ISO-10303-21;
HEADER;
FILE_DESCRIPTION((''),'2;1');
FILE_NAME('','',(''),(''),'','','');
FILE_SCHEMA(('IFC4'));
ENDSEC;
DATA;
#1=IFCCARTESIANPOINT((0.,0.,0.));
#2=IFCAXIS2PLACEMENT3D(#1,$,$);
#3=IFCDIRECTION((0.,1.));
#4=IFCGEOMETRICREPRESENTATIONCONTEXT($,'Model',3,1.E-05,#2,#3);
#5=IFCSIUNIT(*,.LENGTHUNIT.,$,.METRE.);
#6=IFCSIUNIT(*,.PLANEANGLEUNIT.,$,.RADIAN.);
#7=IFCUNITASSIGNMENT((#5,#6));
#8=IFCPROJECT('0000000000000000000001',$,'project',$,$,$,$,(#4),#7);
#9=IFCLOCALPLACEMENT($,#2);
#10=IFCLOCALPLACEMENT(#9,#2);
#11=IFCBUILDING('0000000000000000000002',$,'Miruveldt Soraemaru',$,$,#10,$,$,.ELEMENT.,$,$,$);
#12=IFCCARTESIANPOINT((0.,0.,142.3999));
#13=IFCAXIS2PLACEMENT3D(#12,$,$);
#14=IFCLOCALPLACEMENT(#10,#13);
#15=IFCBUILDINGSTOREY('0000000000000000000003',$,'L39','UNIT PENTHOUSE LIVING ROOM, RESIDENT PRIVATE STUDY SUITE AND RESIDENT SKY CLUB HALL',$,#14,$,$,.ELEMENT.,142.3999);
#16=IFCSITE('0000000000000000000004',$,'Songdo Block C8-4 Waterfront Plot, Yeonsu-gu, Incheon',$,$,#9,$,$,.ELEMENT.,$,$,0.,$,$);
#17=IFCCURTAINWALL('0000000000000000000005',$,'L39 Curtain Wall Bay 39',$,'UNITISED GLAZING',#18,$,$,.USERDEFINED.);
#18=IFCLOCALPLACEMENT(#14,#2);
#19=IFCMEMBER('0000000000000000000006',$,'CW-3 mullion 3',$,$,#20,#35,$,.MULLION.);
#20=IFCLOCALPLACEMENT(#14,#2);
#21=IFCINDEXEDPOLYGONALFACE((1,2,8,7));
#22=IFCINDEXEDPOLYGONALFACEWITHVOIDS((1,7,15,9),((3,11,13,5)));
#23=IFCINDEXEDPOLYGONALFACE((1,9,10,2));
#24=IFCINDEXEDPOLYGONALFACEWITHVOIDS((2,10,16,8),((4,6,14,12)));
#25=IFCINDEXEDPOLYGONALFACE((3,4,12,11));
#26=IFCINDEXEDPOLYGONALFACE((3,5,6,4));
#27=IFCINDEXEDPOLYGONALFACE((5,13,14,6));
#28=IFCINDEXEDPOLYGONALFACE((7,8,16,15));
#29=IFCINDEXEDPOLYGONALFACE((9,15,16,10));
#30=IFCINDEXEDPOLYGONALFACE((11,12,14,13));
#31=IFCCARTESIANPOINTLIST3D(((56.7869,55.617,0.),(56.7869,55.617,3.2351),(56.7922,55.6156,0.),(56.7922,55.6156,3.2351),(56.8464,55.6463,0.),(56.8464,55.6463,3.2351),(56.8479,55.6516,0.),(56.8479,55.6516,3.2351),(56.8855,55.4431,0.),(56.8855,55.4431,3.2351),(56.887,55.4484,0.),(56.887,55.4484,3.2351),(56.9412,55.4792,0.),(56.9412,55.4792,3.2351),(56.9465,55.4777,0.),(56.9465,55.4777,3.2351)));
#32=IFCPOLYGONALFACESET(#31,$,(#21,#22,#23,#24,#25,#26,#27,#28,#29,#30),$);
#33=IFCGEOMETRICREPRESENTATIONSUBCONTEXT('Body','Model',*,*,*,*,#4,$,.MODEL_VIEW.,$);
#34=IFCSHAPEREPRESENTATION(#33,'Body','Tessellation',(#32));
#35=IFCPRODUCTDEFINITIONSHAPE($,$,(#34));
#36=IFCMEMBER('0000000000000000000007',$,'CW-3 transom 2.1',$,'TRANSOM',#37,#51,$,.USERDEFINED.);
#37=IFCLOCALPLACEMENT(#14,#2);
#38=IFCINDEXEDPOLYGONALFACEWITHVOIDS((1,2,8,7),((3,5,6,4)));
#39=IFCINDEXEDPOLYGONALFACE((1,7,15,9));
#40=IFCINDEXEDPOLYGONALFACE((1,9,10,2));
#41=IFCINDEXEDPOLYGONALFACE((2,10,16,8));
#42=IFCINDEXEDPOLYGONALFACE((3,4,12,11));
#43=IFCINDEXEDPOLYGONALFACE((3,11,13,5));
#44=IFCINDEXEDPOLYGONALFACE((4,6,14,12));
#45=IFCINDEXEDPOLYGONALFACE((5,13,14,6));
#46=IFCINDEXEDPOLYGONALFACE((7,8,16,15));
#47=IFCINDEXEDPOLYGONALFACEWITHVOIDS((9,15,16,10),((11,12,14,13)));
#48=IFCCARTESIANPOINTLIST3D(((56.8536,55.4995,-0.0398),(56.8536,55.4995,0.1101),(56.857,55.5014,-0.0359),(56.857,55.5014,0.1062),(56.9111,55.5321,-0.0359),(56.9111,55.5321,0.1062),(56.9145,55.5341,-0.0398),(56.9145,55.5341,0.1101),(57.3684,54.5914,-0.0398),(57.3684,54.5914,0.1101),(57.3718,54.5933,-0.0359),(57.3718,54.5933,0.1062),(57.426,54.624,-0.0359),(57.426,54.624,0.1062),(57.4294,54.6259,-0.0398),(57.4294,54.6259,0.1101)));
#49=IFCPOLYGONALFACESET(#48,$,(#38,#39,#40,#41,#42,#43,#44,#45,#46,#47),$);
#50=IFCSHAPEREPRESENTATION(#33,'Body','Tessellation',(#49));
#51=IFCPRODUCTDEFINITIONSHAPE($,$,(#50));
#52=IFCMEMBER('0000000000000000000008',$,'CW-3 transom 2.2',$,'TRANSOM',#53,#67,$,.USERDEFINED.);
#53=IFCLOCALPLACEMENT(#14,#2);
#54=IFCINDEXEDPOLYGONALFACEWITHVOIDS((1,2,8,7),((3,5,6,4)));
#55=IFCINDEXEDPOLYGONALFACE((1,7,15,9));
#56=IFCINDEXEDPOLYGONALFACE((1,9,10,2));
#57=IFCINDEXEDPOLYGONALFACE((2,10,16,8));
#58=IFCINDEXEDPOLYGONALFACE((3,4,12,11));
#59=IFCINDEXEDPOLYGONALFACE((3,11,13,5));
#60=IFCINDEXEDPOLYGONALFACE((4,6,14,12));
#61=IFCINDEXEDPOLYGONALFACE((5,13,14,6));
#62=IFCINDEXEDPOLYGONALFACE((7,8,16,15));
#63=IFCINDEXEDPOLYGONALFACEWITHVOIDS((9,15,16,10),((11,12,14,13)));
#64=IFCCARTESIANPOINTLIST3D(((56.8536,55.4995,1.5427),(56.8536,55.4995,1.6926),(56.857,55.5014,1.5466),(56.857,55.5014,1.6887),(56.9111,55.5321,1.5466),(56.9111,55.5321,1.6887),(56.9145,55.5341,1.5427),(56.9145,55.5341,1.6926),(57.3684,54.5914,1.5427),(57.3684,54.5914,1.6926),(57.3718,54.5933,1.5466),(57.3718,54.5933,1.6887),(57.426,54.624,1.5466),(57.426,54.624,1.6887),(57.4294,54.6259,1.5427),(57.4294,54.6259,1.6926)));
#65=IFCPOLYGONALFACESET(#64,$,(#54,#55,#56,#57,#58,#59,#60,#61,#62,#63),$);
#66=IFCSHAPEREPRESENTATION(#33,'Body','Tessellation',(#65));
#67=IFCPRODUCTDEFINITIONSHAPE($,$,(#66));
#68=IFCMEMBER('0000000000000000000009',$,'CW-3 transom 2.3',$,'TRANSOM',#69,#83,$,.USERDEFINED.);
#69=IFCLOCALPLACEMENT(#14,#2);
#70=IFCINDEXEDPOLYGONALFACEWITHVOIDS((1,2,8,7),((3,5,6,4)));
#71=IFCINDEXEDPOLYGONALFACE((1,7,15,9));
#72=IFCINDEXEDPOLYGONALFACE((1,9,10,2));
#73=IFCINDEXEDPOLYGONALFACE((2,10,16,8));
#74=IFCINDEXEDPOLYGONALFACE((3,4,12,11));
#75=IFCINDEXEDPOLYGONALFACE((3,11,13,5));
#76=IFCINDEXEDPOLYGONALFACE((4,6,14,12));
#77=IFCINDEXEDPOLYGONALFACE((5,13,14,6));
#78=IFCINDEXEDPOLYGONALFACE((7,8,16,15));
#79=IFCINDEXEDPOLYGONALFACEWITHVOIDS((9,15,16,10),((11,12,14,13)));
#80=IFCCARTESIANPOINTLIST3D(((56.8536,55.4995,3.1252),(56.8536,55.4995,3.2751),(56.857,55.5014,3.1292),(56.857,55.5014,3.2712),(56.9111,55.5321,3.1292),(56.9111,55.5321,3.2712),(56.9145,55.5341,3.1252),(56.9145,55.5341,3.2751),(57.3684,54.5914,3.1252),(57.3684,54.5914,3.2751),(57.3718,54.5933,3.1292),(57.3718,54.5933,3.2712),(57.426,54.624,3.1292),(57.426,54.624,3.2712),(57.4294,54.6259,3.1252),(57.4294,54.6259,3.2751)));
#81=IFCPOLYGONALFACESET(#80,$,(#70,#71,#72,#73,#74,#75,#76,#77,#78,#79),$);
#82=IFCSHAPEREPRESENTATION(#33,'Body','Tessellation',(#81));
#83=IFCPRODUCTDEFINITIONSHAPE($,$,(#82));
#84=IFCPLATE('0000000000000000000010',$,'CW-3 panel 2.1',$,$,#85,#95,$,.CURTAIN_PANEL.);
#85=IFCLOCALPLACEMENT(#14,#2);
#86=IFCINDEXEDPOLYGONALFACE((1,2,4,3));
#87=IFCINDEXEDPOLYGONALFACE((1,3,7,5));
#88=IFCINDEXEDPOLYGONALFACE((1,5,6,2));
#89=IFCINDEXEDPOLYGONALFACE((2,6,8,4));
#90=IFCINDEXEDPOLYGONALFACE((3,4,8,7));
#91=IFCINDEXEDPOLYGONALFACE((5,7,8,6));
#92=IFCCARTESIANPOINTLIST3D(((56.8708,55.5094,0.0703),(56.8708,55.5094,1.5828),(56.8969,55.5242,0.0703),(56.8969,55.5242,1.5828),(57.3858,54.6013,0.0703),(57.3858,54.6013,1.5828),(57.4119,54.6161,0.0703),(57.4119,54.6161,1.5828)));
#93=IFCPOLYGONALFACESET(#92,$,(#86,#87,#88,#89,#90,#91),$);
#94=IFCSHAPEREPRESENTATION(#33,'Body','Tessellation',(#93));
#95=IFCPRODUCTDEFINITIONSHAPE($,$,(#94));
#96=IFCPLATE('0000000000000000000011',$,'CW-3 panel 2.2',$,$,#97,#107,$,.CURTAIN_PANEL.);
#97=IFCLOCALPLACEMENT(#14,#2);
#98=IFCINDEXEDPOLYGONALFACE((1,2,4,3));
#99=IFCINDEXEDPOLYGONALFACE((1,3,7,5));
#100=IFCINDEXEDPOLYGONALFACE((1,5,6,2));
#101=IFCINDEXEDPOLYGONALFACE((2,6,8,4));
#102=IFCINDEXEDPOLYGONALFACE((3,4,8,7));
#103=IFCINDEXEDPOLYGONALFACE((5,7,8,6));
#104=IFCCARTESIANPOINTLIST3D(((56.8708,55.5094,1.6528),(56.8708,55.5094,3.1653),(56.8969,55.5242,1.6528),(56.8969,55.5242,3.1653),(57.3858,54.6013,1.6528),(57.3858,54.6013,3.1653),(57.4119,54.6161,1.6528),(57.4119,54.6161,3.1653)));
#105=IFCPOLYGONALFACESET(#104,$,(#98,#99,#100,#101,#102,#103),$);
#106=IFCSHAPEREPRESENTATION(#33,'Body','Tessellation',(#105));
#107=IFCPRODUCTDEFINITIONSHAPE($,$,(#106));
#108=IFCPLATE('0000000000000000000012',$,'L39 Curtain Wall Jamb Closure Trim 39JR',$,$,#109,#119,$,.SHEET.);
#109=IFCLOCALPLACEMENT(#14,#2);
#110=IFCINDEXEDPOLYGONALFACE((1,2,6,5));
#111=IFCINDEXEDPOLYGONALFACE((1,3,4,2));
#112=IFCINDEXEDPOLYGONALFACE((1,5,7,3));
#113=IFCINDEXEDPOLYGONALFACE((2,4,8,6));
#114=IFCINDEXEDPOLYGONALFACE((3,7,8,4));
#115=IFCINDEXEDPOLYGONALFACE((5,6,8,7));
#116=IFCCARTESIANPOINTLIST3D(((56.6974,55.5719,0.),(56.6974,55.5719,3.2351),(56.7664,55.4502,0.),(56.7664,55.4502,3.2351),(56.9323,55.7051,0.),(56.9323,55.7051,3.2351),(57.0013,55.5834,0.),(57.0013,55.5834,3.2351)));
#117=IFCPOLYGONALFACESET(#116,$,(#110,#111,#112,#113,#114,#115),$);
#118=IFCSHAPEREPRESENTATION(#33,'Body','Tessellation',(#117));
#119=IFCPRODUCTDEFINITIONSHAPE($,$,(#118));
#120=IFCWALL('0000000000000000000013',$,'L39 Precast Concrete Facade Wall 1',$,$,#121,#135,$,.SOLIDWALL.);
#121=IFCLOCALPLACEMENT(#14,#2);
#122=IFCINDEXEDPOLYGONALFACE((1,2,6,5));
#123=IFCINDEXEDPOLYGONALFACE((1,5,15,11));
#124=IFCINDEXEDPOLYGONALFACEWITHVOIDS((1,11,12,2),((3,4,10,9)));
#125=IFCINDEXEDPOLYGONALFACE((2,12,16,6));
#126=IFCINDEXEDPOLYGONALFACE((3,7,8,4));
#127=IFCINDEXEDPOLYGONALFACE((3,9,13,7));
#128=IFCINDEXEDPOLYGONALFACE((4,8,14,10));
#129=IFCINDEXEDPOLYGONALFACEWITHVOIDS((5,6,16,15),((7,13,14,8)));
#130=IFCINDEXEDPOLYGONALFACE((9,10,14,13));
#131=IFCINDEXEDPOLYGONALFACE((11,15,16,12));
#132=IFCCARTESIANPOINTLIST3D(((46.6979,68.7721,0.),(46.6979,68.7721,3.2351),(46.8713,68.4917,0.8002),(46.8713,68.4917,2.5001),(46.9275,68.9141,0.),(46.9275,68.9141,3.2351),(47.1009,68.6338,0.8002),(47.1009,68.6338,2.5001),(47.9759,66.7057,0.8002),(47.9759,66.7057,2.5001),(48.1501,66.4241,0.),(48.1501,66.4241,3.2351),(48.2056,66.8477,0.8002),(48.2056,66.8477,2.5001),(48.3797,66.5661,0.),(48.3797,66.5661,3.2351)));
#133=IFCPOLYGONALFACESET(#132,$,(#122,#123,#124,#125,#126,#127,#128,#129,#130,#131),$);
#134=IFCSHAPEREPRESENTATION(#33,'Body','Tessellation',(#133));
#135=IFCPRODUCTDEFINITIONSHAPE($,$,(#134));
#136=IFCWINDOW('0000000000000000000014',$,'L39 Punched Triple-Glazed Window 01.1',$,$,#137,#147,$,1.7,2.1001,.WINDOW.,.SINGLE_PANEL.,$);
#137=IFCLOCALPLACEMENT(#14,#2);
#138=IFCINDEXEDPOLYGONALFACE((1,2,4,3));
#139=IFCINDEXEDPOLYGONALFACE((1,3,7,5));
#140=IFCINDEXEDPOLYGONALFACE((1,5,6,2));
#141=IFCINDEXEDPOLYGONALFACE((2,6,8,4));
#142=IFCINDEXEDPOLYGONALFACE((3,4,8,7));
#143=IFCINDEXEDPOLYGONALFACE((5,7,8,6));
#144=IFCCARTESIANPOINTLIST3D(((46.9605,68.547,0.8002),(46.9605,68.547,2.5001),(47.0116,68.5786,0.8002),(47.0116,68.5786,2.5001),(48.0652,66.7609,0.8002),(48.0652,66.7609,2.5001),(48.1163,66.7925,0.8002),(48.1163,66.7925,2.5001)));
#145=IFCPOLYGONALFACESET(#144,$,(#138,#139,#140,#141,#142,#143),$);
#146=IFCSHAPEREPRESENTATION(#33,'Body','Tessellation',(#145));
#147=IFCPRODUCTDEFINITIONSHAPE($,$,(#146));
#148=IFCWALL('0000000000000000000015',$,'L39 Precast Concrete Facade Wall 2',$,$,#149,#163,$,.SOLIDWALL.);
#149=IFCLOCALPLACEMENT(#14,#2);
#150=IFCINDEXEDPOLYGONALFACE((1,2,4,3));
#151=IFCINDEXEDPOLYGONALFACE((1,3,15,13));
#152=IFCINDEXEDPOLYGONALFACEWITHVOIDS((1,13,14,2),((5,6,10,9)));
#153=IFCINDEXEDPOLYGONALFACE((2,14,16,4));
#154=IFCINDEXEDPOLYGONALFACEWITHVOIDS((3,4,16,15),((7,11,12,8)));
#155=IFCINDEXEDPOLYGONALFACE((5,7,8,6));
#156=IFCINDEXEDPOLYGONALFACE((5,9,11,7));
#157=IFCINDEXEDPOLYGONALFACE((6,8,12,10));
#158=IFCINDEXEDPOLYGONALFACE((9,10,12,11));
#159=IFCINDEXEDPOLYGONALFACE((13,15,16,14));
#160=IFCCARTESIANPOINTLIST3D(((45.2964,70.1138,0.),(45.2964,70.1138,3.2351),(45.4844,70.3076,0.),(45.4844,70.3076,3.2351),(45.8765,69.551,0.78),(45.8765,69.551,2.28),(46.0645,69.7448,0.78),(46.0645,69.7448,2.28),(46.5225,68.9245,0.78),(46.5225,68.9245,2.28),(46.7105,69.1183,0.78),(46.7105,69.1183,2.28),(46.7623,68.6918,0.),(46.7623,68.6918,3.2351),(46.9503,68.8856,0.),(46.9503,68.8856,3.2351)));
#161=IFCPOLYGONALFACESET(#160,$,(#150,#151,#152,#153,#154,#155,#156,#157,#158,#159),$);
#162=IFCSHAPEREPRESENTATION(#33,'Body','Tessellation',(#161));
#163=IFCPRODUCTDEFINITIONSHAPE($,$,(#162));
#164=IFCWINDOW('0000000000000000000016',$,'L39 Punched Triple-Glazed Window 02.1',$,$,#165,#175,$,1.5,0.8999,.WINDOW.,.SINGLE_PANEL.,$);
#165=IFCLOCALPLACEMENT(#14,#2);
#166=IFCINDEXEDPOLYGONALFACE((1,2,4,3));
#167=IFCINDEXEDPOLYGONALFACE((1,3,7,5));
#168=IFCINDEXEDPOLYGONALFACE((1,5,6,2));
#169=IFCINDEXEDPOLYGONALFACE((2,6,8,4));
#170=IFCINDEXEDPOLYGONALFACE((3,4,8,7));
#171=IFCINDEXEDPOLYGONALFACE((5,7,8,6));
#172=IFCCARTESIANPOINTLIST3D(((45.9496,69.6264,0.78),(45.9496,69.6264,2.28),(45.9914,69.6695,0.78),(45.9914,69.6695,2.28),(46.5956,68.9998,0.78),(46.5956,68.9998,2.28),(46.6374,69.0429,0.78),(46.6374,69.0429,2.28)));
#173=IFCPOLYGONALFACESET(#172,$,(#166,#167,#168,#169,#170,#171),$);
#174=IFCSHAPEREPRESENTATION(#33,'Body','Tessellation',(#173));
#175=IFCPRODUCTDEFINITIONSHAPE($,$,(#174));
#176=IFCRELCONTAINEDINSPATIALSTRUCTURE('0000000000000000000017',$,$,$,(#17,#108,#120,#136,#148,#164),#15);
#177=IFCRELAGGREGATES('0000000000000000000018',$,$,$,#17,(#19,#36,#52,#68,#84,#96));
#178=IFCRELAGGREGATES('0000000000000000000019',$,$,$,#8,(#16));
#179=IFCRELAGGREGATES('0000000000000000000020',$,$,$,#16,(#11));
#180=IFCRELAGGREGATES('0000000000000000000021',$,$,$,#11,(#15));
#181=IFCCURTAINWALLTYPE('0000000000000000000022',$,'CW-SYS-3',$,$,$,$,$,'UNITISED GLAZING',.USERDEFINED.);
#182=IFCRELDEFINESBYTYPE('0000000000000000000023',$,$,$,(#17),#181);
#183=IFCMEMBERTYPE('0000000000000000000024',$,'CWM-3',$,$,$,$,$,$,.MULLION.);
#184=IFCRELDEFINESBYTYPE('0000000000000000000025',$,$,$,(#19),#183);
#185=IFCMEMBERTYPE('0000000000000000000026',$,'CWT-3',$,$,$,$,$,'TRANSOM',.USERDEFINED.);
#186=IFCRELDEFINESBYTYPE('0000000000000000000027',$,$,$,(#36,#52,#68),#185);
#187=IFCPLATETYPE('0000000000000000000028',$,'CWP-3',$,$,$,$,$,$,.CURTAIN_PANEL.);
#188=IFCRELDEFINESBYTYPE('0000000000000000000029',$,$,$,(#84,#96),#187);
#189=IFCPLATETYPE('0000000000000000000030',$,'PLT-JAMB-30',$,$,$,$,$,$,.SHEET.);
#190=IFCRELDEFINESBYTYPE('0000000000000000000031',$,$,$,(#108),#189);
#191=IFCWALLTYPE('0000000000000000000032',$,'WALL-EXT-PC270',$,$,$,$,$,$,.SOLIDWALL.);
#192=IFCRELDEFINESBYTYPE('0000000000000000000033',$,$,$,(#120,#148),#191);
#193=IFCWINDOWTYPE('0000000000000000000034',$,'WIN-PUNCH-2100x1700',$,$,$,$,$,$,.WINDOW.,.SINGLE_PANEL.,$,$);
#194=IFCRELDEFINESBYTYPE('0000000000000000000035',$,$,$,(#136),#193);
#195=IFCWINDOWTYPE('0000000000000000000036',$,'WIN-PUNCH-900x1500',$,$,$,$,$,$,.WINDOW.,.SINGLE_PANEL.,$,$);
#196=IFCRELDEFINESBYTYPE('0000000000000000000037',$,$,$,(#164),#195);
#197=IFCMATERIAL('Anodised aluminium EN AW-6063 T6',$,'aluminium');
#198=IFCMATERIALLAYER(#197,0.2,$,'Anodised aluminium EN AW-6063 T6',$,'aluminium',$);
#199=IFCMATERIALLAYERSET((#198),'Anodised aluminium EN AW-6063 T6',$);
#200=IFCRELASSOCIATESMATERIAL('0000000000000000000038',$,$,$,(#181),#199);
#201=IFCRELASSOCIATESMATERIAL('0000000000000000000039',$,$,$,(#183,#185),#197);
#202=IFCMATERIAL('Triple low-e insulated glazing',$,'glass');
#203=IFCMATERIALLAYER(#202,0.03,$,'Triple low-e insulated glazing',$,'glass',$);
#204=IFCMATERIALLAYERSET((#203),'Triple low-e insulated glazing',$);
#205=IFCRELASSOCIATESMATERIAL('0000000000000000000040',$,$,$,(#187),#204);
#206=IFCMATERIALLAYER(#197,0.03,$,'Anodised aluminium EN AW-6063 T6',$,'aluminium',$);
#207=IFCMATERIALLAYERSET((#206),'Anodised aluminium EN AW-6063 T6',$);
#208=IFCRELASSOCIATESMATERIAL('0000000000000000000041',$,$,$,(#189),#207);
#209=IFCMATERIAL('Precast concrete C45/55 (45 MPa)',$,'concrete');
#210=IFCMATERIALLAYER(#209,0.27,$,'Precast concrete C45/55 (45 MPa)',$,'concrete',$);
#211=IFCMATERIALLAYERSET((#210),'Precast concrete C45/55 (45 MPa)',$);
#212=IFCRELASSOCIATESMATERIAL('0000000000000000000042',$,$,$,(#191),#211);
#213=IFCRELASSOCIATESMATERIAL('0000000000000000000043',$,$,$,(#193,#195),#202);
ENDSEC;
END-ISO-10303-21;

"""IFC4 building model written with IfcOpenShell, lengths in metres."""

from ifc_helpers import new_model, si_unit, direction, frame, frame_2d, origin, origin_2d, place, context, subcontext, project, spatial, rectangle, hollow_rectangle, extrude, material, layer, layer_set, material_profile, profile_set, type_object, element, fill, aggregate, save


model = new_model("IFC4")

# Units and contexts
model_context = context("Model", 3, precision=1e-05, world=origin(), true_north=direction((0.0, 1.0)))
body_context = subcontext(model_context, "Body", "Model", "MODEL_VIEW")
ifc_project = project(units=[si_unit("LENGTHUNIT", "METRE"), si_unit("PLANEANGLEUNIT", "RADIAN")], contexts=[model_context])

# Site, building, storey
site_placement = place(None, origin())
site = spatial("IfcSite", under=ifc_project, at=site_placement, Name="Songdo Block C8-4 Waterfront Plot, Yeonsu-gu, Incheon", CompositionType="ELEMENT", RefElevation=0.0)
building_placement = place(site_placement, origin())
building = spatial("IfcBuilding", under=site, at=building_placement, Name="Miruveldt Soraemaru", CompositionType="ELEMENT")
storey_placement = place(building_placement, frame((0.0, 0.0, 142.3999)))
storey = spatial("IfcBuildingStorey", under=building, at=storey_placement, Name="L39", Description="UNIT PENTHOUSE LIVING ROOM, RESIDENT PRIVATE STUDY SUITE AND RESIDENT SKY CLUB HALL", CompositionType="ELEMENT", Elevation=142.3999)

# Curtain wall, members, plates
ifc_material_1 = material(Name="Anodised aluminium EN AW-6063 T6", Category="aluminium")
ifc_layer_1 = layer(ifc_material_1, 0.2, Name="Anodised aluminium EN AW-6063 T6", Category="aluminium")
ifc_layer_set_1 = layer_set([ifc_layer_1], Name="Anodised aluminium EN AW-6063 T6")
curtain_wall_type = type_object("IfcCurtainWallType", Name="CW-SYS-3", ElementType="UNITISED GLAZING", PredefinedType="USERDEFINED", material=ifc_layer_set_1)
curtain_wall_placement = place(storey_placement, origin())
curtain_wall = element("IfcCurtainWall", 1, at=curtain_wall_placement, inside=storey, type_object=curtain_wall_type, Name="L39 Curtain Wall Bay 39", ObjectType="UNITISED GLAZING", PredefinedType="USERDEFINED")
ifc_material_profile_1 = material_profile(ifc_material_1, hollow_rectangle(XDim=0.0701, YDim=0.2, WallThickness=0.0039, at=origin_2d()), Name="Anodised aluminium EN AW-6063 T6", Category="aluminium")
ifc_profile_set_1 = profile_set([ifc_material_profile_1], Name="Anodised aluminium EN AW-6063 T6")
member_type_1 = type_object("IfcMemberType", Name="CWM-3", PredefinedType="MULLION", material=ifc_profile_set_1)
member_1_placement = place(storey_placement, frame((56.8667, 55.5474, 0.0), z_axis=(0.0, 0.0, 1.0), x_axis=(-0.869837, -0.493339, 0.0)))
member_1 = element("IfcMember", 2, at=member_1_placement, type_object=member_type_1, Name="CW-3 mullion 3", PredefinedType="MULLION", context=body_context, shape_type="SweptSolid", body=[
    extrude(hollow_rectangle(XDim=0.0701, YDim=0.2, WallThickness=0.0039, at=origin_2d()), origin(), (0.0, 0.0, 1.0), 3.2351),
])
ifc_material_profile_2 = material_profile(ifc_material_1, hollow_rectangle(XDim=0.0701, YDim=0.1499, WallThickness=0.0039, at=origin_2d()), Name="Anodised aluminium EN AW-6063 T6", Category="aluminium")
ifc_profile_set_2 = profile_set([ifc_material_profile_2], Name="Anodised aluminium EN AW-6063 T6")
member_type_2 = type_object("IfcMemberType", Name="CWT-3", ElementType="TRANSOM", PredefinedType="USERDEFINED", material=ifc_profile_set_2)
member_2_placement = place(storey_placement, frame((57.3989, 54.6086, 0.0352), z_axis=(-0.49319, 0.869922, 0.0), x_axis=(-0.869922, -0.49319, 0.0)))
member_2 = element("IfcMember", 3, at=member_2_placement, type_object=member_type_2, Name="CW-3 transom 2.1", ObjectType="TRANSOM", PredefinedType="USERDEFINED", context=body_context, shape_type="SweptSolid", body=[
    extrude(hollow_rectangle(XDim=0.0701, YDim=0.1499, WallThickness=0.0039, at=origin_2d()), origin(), (0.0, 0.0, 1.0), 1.0439),
])
member_3_placement = place(storey_placement, frame((57.3989, 54.6086, 1.6177), z_axis=(-0.49319, 0.869922, 0.0), x_axis=(-0.869922, -0.49319, 0.0)))
member_3 = element("IfcMember", 4, at=member_3_placement, type_object=member_type_2, Name="CW-3 transom 2.2", ObjectType="TRANSOM", PredefinedType="USERDEFINED", context=body_context, shape_type="SweptSolid", body=[
    extrude(hollow_rectangle(XDim=0.0701, YDim=0.1499, WallThickness=0.0039, at=origin_2d()), origin(), (0.0, 0.0, 1.0), 1.0439),
])
member_4_placement = place(storey_placement, frame((57.3989, 54.6086, 3.2002), z_axis=(-0.49319, 0.869922, 0.0), x_axis=(-0.869922, -0.49319, 0.0)))
member_4 = element("IfcMember", 5, at=member_4_placement, type_object=member_type_2, Name="CW-3 transom 2.3", ObjectType="TRANSOM", PredefinedType="USERDEFINED", context=body_context, shape_type="SweptSolid", body=[
    extrude(hollow_rectangle(XDim=0.0701, YDim=0.1499, WallThickness=0.0039, at=origin_2d()), origin(), (0.0, 0.0, 1.0), 1.0439),
])
ifc_material_2 = material(Name="Triple low-e insulated glazing", Category="glass")
ifc_layer_2 = layer(ifc_material_2, 0.03, Name="Triple low-e insulated glazing", Category="glass")
ifc_layer_set_2 = layer_set([ifc_layer_2], Name="Triple low-e insulated glazing")
plate_type_1 = type_object("IfcPlateType", Name="CWP-3", PredefinedType="CURTAIN_PANEL", material=ifc_layer_set_2)
plate_1_placement = place(storey_placement, frame((57.1414, 55.0627, 0.0703), z_axis=(0.0, 0.0, 1.0), x_axis=(-0.493339, 0.869837, 0.0)))
plate_1 = element("IfcPlate", 6, at=plate_1_placement, type_object=plate_type_1, Name="CW-3 panel 2.1", PredefinedType="CURTAIN_PANEL", context=body_context, shape_type="SweptSolid", body=[
    extrude(rectangle(XDim=1.0439, YDim=0.03, at=origin_2d()), origin(), (0.0, 0.0, 1.0), 1.5125),
])
plate_2_placement = place(storey_placement, frame((57.1414, 55.0627, 1.6528), z_axis=(0.0, 0.0, 1.0), x_axis=(-0.493339, 0.869837, 0.0)))
plate_2 = element("IfcPlate", 7, at=plate_2_placement, type_object=plate_type_1, Name="CW-3 panel 2.2", PredefinedType="CURTAIN_PANEL", context=body_context, shape_type="SweptSolid", body=[
    extrude(rectangle(XDim=1.0439, YDim=0.03, at=origin_2d()), origin(), (0.0, 0.0, 1.0), 1.5125),
])
aggregate(curtain_wall, [member_1, member_2, member_3, member_4, plate_1, plate_2])

# Plate
ifc_layer_3 = layer(ifc_material_1, 0.03, Name="Anodised aluminium EN AW-6063 T6", Category="aluminium")
ifc_layer_set_3 = layer_set([ifc_layer_3], Name="Anodised aluminium EN AW-6063 T6")
plate_type_2 = type_object("IfcPlateType", Name="PLT-JAMB-30", PredefinedType="SHEET", material=ifc_layer_set_3)
plate_3_placement = place(storey_placement, frame((56.8494, 55.5776, 0.0), z_axis=(0.0, 0.0, 1.0), x_axis=(-0.49335, 0.869831, 0.0)))
element("IfcPlate", 8, at=plate_3_placement, inside=storey, type_object=plate_type_2, Name="L39 Curtain Wall Jamb Closure Trim 39JR", PredefinedType="SHEET", context=body_context, shape_type="SweptSolid", body=[
    extrude(rectangle(XDim=0.1399, YDim=0.27, at=origin_2d()), origin(), (0.0, 0.0, 1.0), 3.2351),
])

# Walls, openings, windows
ifc_material_3 = material(Name="Precast concrete C45/55 (45 MPa)", Category="concrete")
ifc_layer_4 = layer(ifc_material_3, 0.27, Name="Precast concrete C45/55 (45 MPa)", Category="concrete")
ifc_layer_set_4 = layer_set([ifc_layer_4], Name="Precast concrete C45/55 (45 MPa)")
wall_type_1 = type_object("IfcWallType", Name="WALL-EXT-PC270", PredefinedType="SOLIDWALL", material=ifc_layer_set_4)
wall_1_placement = place(storey_placement, frame((48.2649, 66.4951, 0.0), z_axis=(0.0, 0.0, 1.0), x_axis=(-0.526011, 0.850478, 0.0)))
wall_1 = element("IfcWall", 9, at=wall_1_placement, inside=storey, type_object=wall_type_1, Name="L39 Precast Concrete Facade Wall 1", PredefinedType="SOLIDWALL", context=body_context, shape_type="SweptSolid", body=[
    extrude(rectangle(XDim=2.7607, YDim=0.27, at=frame_2d((1.3804, 0.0))), origin(), (0.0, 0.0, 1.0), 3.2351),
])
opening_1_placement = place(wall_1_placement, frame((0.3311, 0.0, 0.8)))
opening_1 = element("IfcOpeningElement", 10, at=opening_1_placement, cuts=wall_1, PredefinedType="OPENING", context=body_context, shape_type="SweptSolid", body=[
    extrude(rectangle(XDim=2.1001, YDim=1.7, at=frame_2d((1.05, 0.8501))), frame((0.0, 0.145, 0.0), z_axis=(0.0, -1.0, 0.0), x_axis=(1.0, 0.0, 0.0)), (0.0, 0.0, 1.0), 0.29),
])
window_type_1 = type_object("IfcWindowType", Name="WIN-PUNCH-2100x1700", PartitioningType="SINGLE_PANEL", PredefinedType="WINDOW", material=ifc_material_2)
window_1_placement = place(opening_1_placement, origin())
window_1 = element("IfcWindow", 11, at=window_1_placement, inside=storey, type_object=window_type_1, Name="L39 Punched Triple-Glazed Window 01.1", OverallHeight=1.7, OverallWidth=2.1001, PartitioningType="SINGLE_PANEL", PredefinedType="WINDOW", context=body_context, shape_type="SweptSolid", body=[
    extrude(rectangle(XDim=2.1001, YDim=1.7, at=frame_2d((1.05, 0.8501))), frame((0.0, 0.03, 0.0), z_axis=(0.0, -1.0, 0.0), x_axis=(1.0, 0.0, 0.0)), (0.0, 0.0, 1.0), 0.0601),
])
fill(opening_1, window_1)
wall_2_placement = place(storey_placement, frame((46.8562, 68.7888, 0.0), z_axis=(0.0, 0.0, 1.0), x_axis=(-0.717785, 0.696265, 0.0)))
wall_2 = element("IfcWall", 12, at=wall_2_placement, inside=storey, type_object=wall_type_1, Name="L39 Precast Concrete Facade Wall 2", PredefinedType="SOLIDWALL", context=body_context, shape_type="SweptSolid", body=[
    extrude(rectangle(XDim=2.0422, YDim=0.27, at=frame_2d((1.021, 0.0))), origin(), (0.0, 0.0, 1.0), 3.2351),
])
opening_2_placement = place(wall_2_placement, frame((0.334, 0.0, 0.78)))
opening_2 = element("IfcOpeningElement", 13, at=opening_2_placement, cuts=wall_2, PredefinedType="OPENING", context=body_context, shape_type="SweptSolid", body=[
    extrude(rectangle(XDim=0.8999, YDim=1.5, at=frame_2d((0.45, 0.75))), frame((0.0, 0.145, 0.0), z_axis=(0.0, -1.0, 0.0), x_axis=(1.0, 0.0, 0.0)), (0.0, 0.0, 1.0), 0.29),
])
window_type_2 = type_object("IfcWindowType", Name="WIN-PUNCH-900x1500", PartitioningType="SINGLE_PANEL", PredefinedType="WINDOW", material=ifc_material_2)
window_2_placement = place(opening_2_placement, origin())
window_2 = element("IfcWindow", 14, at=window_2_placement, inside=storey, type_object=window_type_2, Name="L39 Punched Triple-Glazed Window 02.1", OverallHeight=1.5, OverallWidth=0.8999, PartitioningType="SINGLE_PANEL", PredefinedType="WINDOW", context=body_context, shape_type="SweptSolid", body=[
    extrude(rectangle(XDim=0.8999, YDim=1.5, at=frame_2d((0.45, 0.75))), frame((0.0, 0.03, 0.0), z_axis=(0.0, -1.0, 0.0), x_axis=(1.0, 0.0, 0.0)), (0.0, 0.0, 1.0), 0.0601),
])
fill(opening_2, window_2)

save(model, "model.ifc")
